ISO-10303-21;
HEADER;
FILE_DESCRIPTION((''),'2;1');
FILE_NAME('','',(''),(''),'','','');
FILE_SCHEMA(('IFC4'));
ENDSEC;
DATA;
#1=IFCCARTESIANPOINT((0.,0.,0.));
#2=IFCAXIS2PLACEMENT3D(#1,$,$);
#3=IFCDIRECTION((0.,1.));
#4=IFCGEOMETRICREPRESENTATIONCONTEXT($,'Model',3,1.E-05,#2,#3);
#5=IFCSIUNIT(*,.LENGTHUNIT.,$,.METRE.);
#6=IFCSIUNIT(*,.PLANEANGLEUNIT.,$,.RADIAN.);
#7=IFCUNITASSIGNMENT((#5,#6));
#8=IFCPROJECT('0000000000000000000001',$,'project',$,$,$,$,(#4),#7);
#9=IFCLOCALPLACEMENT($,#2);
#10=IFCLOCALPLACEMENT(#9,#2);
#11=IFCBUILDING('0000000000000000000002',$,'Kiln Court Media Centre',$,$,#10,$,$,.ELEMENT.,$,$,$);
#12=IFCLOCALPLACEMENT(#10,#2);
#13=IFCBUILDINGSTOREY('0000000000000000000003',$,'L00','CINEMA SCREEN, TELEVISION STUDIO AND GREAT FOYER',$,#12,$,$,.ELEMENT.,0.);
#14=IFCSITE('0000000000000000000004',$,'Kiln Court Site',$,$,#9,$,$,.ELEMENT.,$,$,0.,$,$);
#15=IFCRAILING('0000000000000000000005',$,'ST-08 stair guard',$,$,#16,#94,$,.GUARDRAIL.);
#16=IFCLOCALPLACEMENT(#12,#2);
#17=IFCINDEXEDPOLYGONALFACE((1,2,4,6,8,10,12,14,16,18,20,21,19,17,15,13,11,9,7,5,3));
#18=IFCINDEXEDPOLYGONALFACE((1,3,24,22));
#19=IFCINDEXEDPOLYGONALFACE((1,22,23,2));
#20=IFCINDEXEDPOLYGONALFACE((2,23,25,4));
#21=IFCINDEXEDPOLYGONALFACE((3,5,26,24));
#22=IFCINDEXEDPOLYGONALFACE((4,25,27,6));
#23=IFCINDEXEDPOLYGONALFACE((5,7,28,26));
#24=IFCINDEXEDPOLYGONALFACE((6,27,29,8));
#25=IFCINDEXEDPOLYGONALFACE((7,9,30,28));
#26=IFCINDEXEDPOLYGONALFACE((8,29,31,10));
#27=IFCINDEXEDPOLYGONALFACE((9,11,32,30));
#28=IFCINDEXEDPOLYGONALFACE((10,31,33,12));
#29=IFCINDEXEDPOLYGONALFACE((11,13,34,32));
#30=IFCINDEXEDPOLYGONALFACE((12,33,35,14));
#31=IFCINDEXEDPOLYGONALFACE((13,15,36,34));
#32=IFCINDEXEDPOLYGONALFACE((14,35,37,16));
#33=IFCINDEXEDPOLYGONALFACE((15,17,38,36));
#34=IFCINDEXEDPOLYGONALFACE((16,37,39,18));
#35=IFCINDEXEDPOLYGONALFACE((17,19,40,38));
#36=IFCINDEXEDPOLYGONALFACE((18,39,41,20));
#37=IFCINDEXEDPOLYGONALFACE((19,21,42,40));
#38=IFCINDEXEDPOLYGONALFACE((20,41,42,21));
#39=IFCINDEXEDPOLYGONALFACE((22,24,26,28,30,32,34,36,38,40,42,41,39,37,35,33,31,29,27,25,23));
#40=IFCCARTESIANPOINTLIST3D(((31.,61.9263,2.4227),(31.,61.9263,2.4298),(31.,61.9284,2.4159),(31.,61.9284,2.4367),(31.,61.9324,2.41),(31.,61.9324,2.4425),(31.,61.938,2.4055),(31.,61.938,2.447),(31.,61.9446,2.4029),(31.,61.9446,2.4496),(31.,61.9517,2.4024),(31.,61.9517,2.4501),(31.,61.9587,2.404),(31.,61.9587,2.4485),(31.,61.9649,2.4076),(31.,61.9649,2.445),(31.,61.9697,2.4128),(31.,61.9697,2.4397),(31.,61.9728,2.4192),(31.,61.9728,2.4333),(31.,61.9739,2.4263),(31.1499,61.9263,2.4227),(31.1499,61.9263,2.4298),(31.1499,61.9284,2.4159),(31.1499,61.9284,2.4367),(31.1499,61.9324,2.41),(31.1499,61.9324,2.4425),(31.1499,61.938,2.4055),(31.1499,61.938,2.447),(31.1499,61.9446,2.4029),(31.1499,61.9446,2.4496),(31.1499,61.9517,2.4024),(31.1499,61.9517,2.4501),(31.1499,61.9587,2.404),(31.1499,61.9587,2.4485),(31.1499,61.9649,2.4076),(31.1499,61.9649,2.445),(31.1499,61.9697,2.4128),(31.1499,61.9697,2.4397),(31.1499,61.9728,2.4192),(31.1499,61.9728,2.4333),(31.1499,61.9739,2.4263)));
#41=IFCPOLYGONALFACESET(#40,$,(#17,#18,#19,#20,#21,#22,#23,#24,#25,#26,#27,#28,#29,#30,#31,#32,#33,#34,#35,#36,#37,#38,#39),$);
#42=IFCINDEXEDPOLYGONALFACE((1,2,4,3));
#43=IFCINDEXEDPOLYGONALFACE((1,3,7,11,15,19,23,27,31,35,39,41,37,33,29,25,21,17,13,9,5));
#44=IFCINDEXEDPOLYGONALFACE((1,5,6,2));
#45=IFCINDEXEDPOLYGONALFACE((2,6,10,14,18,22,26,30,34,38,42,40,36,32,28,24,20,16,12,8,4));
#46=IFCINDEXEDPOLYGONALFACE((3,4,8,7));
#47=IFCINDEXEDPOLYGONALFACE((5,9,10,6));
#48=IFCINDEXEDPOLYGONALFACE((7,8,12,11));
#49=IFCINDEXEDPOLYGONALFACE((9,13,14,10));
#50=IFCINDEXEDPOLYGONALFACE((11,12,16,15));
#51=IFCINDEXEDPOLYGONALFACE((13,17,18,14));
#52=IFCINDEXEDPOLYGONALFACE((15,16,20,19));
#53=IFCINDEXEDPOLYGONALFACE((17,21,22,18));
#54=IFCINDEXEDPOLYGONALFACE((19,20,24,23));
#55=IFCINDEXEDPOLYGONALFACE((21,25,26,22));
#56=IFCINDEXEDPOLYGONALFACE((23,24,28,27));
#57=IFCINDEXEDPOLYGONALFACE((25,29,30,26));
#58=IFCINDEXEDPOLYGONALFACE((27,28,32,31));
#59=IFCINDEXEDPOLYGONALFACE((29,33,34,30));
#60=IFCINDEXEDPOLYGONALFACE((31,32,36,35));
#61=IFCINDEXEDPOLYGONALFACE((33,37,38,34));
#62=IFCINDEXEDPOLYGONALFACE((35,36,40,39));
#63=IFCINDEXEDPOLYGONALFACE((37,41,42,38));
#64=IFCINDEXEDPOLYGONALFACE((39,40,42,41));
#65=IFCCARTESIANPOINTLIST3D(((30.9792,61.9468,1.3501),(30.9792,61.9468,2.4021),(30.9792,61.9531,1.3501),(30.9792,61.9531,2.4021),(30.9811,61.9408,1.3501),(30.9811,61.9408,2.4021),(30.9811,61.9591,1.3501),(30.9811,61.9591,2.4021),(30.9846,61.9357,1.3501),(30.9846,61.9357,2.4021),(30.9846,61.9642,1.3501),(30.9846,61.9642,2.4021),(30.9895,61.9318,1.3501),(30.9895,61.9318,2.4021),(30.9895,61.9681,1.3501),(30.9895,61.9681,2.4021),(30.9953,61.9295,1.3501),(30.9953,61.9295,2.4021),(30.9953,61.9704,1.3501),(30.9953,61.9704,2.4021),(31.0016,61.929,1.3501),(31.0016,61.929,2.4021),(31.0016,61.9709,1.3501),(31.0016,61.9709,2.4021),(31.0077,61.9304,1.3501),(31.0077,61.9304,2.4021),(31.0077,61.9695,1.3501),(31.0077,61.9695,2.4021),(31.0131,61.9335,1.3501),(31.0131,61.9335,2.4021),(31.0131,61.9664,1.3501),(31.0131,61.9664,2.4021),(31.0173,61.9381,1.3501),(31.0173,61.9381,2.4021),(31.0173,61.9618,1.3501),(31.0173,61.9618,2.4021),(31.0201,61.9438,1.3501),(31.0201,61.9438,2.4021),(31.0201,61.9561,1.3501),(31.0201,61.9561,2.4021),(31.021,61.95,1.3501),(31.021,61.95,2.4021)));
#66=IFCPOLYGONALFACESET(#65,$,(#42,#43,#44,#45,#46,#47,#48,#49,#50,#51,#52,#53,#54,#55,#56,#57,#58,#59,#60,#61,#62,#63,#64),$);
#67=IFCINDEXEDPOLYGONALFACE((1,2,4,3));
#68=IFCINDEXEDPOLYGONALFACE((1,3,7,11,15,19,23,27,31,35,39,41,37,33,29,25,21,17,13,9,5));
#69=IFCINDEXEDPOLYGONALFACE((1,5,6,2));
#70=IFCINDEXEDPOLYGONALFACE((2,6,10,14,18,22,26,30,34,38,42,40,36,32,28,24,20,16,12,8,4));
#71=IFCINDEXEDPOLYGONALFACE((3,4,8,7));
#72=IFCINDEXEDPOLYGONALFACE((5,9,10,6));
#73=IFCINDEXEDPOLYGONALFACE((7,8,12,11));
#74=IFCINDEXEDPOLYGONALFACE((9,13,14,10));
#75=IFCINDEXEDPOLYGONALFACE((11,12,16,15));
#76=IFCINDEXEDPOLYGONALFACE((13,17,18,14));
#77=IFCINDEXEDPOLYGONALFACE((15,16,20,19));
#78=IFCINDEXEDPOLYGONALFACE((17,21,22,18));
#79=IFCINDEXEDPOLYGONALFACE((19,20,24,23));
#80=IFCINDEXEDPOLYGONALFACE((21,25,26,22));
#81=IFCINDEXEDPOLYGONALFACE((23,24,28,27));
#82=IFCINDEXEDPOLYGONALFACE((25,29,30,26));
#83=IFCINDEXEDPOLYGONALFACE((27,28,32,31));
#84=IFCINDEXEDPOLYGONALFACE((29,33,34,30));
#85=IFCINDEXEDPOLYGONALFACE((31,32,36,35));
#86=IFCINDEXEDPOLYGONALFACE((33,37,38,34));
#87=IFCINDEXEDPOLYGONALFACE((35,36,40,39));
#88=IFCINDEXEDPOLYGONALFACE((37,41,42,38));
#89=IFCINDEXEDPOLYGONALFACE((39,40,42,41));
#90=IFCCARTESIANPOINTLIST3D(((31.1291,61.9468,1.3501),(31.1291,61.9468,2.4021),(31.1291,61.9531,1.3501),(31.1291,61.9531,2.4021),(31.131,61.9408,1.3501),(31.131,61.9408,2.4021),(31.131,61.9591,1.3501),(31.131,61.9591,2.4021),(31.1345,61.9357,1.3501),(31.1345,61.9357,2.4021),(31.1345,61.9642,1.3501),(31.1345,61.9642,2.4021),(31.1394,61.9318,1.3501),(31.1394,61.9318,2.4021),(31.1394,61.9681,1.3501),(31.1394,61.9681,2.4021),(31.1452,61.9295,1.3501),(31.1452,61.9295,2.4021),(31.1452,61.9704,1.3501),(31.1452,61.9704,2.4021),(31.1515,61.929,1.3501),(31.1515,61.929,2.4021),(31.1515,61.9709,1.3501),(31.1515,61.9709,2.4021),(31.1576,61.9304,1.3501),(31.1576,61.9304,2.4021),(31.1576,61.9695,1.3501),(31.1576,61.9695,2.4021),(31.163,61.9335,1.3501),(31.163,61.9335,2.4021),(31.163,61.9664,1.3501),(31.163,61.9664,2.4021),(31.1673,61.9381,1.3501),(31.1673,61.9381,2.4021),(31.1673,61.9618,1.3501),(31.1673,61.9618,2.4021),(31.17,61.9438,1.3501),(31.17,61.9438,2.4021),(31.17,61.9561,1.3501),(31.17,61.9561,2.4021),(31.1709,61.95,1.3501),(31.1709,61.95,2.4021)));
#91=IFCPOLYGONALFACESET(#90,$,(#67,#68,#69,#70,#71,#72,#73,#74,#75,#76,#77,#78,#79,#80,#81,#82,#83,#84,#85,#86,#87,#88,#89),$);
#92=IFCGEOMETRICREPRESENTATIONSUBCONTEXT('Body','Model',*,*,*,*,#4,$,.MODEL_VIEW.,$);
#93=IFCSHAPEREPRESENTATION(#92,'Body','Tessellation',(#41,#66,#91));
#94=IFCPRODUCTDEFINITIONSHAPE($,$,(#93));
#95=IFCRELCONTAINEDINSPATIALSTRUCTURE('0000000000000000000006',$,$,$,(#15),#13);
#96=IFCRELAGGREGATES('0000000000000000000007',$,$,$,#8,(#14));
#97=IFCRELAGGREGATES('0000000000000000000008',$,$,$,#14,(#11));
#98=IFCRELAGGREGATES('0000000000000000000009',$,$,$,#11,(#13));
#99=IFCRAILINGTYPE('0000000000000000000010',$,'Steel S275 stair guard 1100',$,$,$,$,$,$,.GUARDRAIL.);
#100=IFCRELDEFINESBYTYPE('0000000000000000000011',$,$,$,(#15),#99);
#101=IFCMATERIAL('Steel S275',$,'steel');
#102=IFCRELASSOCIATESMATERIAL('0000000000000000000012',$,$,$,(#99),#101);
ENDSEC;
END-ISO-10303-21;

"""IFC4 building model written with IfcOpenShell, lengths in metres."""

from ifc_helpers import new_model, si_unit, direction, frame, origin, origin_2d, place, context, subcontext, project, spatial, circle, extrude, material, type_object, element, save


model = new_model("IFC4")

# Units and contexts
model_context = context("Model", 3, precision=1e-05, world=origin(), true_north=direction((0.0, 1.0)))
body_context = subcontext(model_context, "Body", "Model", "MODEL_VIEW")
ifc_project = project(units=[si_unit("LENGTHUNIT", "METRE"), si_unit("PLANEANGLEUNIT", "RADIAN")], contexts=[model_context])

# Site, building, storey
site_placement = place(None, origin())
site = spatial("IfcSite", under=ifc_project, at=site_placement, Name="Kiln Court Site", CompositionType="ELEMENT", RefElevation=0.0)
building_placement = place(site_placement, origin())
building = spatial("IfcBuilding", under=site, at=building_placement, Name="Kiln Court Media Centre", CompositionType="ELEMENT")
storey_placement = place(building_placement, origin())
storey = spatial("IfcBuildingStorey", under=building, at=storey_placement, Name="L00", Description="CINEMA SCREEN, TELEVISION STUDIO AND GREAT FOYER", CompositionType="ELEMENT", Elevation=0.0)

# Railing
ifc_material_1 = material(Name="Steel S275", Category="steel")
railing_type_1 = type_object("IfcRailingType", Name="Steel S275 stair guard 1100", PredefinedType="GUARDRAIL", material=ifc_material_1)
railing_1_placement = place(storey_placement, frame((31.0, 61.95, 1.3501)))
element("IfcRailing", 1, at=railing_1_placement, inside=storey, type_object=railing_type_1, Name="ST-08 stair guard", PredefinedType="GUARDRAIL", context=body_context, shape_type="SweptSolid", body=[
    extrude(circle(Radius=0.0239, at=origin_2d()), frame((0.0, 0.0, 1.0762), z_axis=(1.0, 0.0, 0.0), x_axis=(0.0, 1.0, 0.0)), (0.0, 0.0, 1.0), 0.1499),
    extrude(circle(Radius=0.021, at=origin_2d()), origin(), (0.0, 0.0, 1.0), 1.052),
    extrude(circle(Radius=0.021, at=origin_2d()), frame((0.1499, 0.0, 0.0)), (0.0, 0.0, 1.0), 1.052),
])

save(model, "model.ifc")
